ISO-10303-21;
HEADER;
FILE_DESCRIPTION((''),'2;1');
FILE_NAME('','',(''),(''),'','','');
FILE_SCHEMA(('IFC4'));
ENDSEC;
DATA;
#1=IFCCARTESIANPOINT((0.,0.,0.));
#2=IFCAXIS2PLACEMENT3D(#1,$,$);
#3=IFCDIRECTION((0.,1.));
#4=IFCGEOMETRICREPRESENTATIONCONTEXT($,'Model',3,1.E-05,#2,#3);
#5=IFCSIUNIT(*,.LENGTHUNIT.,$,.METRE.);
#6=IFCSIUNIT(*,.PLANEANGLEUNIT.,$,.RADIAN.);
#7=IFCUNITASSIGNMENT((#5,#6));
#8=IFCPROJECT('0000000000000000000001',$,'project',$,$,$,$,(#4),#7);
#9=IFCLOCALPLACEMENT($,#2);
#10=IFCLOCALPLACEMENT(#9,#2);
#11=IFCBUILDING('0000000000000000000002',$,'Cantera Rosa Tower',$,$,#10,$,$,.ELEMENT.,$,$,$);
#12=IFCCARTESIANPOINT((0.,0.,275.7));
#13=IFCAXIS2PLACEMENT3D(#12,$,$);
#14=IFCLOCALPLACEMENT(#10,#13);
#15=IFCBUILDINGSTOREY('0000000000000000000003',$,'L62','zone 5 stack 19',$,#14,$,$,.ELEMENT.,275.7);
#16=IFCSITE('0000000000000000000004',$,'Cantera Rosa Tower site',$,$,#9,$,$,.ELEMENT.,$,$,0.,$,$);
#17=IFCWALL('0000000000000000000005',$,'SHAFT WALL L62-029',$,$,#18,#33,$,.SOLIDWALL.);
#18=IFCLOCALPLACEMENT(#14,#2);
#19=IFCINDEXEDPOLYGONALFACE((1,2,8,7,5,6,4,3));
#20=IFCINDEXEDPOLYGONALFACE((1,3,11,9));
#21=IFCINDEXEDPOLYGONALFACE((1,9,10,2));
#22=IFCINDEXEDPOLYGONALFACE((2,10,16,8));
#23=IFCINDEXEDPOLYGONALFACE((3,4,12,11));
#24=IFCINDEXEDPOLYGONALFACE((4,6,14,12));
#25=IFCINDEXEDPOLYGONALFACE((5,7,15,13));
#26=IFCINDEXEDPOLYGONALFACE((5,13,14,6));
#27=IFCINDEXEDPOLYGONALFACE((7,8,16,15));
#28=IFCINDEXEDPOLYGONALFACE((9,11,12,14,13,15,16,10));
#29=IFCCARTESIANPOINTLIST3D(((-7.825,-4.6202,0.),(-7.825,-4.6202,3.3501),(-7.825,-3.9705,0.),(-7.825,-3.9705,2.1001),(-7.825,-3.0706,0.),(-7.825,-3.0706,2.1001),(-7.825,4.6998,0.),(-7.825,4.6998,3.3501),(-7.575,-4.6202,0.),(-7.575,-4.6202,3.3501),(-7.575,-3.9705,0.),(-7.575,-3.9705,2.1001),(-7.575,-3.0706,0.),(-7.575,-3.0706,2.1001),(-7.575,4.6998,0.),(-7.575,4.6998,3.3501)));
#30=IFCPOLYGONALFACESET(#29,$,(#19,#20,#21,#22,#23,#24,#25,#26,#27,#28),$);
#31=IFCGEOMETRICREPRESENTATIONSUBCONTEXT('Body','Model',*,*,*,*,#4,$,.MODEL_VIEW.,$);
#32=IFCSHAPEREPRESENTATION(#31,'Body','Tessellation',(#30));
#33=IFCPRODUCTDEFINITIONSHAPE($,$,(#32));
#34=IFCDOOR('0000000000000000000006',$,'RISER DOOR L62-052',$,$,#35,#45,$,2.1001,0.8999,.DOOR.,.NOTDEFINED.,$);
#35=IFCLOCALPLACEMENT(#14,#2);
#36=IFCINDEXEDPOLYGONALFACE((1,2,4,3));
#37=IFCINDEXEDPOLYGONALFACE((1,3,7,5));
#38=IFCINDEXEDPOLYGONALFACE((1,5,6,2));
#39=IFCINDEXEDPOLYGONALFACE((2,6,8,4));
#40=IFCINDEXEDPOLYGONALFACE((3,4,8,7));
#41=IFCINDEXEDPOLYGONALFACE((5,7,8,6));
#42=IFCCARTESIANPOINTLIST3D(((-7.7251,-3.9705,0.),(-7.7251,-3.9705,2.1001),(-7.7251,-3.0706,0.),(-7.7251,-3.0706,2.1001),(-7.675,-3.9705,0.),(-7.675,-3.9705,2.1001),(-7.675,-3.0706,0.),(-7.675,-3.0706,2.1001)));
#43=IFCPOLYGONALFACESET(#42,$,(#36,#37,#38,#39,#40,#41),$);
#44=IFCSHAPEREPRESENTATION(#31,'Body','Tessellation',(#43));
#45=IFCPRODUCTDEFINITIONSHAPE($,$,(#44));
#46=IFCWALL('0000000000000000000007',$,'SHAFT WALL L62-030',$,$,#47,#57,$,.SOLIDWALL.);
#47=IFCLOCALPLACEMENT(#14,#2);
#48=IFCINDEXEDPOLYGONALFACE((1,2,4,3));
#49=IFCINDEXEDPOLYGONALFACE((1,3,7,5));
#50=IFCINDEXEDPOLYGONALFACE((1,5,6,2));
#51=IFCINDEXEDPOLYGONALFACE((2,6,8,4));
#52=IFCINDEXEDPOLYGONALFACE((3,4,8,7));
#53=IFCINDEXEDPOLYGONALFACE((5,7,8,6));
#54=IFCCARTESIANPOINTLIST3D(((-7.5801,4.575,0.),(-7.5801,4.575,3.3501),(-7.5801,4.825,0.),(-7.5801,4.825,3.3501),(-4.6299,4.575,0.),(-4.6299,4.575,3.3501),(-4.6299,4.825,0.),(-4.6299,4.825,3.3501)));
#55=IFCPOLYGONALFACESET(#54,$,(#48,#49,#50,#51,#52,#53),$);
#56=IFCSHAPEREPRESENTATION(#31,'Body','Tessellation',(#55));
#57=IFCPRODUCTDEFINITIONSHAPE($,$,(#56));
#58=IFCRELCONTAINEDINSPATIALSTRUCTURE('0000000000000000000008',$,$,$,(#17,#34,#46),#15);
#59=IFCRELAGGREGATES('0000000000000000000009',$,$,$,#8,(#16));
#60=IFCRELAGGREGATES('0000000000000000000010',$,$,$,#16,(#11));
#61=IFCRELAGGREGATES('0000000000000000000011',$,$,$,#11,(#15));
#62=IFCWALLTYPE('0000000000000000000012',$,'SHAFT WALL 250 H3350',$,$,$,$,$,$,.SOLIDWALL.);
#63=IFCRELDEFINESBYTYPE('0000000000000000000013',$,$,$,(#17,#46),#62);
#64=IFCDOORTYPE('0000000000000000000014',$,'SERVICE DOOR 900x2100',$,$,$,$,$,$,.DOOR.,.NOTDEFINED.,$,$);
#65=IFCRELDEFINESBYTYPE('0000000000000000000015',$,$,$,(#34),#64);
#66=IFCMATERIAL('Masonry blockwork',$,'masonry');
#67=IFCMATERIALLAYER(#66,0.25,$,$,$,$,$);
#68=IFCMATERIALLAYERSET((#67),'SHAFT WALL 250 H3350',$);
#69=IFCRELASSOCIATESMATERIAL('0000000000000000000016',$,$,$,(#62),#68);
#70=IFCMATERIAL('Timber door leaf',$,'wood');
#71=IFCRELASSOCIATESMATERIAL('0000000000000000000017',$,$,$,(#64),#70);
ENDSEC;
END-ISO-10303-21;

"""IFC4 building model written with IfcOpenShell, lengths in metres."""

from ifc_helpers import new_model, si_unit, direction, frame, frame_2d, origin, place, context, subcontext, project, spatial, rectangle, extrude, material, layer, layer_set, type_object, element, fill, save


model = new_model("IFC4")

# Units and contexts
model_context = context("Model", 3, precision=1e-05, world=origin(), true_north=direction((0.0, 1.0)))
body_context = subcontext(model_context, "Body", "Model", "MODEL_VIEW")
ifc_project = project(units=[si_unit("LENGTHUNIT", "METRE"), si_unit("PLANEANGLEUNIT", "RADIAN")], contexts=[model_context])

# Site, building, storey
site_placement = place(None, origin())
site = spatial("IfcSite", under=ifc_project, at=site_placement, Name="Cantera Rosa Tower site", CompositionType="ELEMENT", RefElevation=0.0)
building_placement = place(site_placement, origin())
building = spatial("IfcBuilding", under=site, at=building_placement, Name="Cantera Rosa Tower", CompositionType="ELEMENT")
storey_placement = place(building_placement, frame((0.0, 0.0, 275.7)))
storey = spatial("IfcBuildingStorey", under=building, at=storey_placement, Name="L62", Description="zone 5 stack 19", CompositionType="ELEMENT", Elevation=275.7)

# Shared definitions
ifc_material_1 = material(Name="Masonry blockwork", Category="masonry")
ifc_layer_1 = layer(ifc_material_1, 0.25)
ifc_layer_set_1 = layer_set([ifc_layer_1], Name="SHAFT WALL 250 H3350")
wall_type_1 = type_object("IfcWallType", Name="SHAFT WALL 250 H3350", PredefinedType="SOLIDWALL", material=ifc_layer_set_1)

# Wall, opening, door
wall_1_placement = place(storey_placement, frame((-7.7, 4.7, 0.0), z_axis=(0.0, 0.0, 1.0), x_axis=(0.0, -1.0, 0.0)))
wall_1 = element("IfcWall", 1, at=wall_1_placement, inside=storey, type_object=wall_type_1, Name="SHAFT WALL L62-029", PredefinedType="SOLIDWALL", context=body_context, shape_type="SweptSolid", body=[
    extrude(rectangle(XDim=9.3201, YDim=0.25, at=frame_2d((4.6602, 0.0))), origin(), (0.0, 0.0, 1.0), 3.3501),
])
opening_1_placement = place(wall_1_placement, frame((7.7705, 0.0, 0.0)))
opening_1 = element("IfcOpeningElement", 2, at=opening_1_placement, cuts=wall_1, PredefinedType="OPENING", context=body_context, shape_type="SweptSolid", body=[
    extrude(rectangle(XDim=0.8999, YDim=2.1001, at=frame_2d((0.45, 1.05))), frame((0.0, 0.135, 0.0), z_axis=(0.0, -1.0, 0.0), x_axis=(1.0, 0.0, 0.0)), (0.0, 0.0, 1.0), 0.27),
])
ifc_material_2 = material(Name="Timber door leaf", Category="wood")
door_type_1 = type_object("IfcDoorType", Name="SERVICE DOOR 900x2100", OperationType="NOTDEFINED", PredefinedType="DOOR", material=ifc_material_2)
door_1_placement = place(opening_1_placement, origin())
door_1 = element("IfcDoor", 3, at=door_1_placement, inside=storey, type_object=door_type_1, Name="RISER DOOR L62-052", OperationType="NOTDEFINED", OverallHeight=2.1001, OverallWidth=0.8999, PredefinedType="DOOR", context=body_context, shape_type="SweptSolid", body=[
    extrude(rectangle(XDim=0.8999, YDim=2.1001, at=frame_2d((0.45, 1.05))), frame((0.0, 0.0249, 0.0), z_axis=(0.0, -1.0, 0.0), x_axis=(1.0, 0.0, 0.0)), (0.0, 0.0, 1.0), 0.05),
])
fill(opening_1, door_1)

# Wall
wall_2_placement = place(storey_placement, frame((-7.5801, 4.7, 0.0), z_axis=(0.0, 0.0, 1.0), x_axis=(1.0, 0.0, 0.0)))
element("IfcWall", 4, at=wall_2_placement, inside=storey, type_object=wall_type_1, Name="SHAFT WALL L62-030", PredefinedType="SOLIDWALL", context=body_context, shape_type="SweptSolid", body=[
    extrude(rectangle(XDim=2.9502, YDim=0.25, at=frame_2d((1.4751, 0.0))), origin(), (0.0, 0.0, 1.0), 3.3501),
])

save(model, "model.ifc")
